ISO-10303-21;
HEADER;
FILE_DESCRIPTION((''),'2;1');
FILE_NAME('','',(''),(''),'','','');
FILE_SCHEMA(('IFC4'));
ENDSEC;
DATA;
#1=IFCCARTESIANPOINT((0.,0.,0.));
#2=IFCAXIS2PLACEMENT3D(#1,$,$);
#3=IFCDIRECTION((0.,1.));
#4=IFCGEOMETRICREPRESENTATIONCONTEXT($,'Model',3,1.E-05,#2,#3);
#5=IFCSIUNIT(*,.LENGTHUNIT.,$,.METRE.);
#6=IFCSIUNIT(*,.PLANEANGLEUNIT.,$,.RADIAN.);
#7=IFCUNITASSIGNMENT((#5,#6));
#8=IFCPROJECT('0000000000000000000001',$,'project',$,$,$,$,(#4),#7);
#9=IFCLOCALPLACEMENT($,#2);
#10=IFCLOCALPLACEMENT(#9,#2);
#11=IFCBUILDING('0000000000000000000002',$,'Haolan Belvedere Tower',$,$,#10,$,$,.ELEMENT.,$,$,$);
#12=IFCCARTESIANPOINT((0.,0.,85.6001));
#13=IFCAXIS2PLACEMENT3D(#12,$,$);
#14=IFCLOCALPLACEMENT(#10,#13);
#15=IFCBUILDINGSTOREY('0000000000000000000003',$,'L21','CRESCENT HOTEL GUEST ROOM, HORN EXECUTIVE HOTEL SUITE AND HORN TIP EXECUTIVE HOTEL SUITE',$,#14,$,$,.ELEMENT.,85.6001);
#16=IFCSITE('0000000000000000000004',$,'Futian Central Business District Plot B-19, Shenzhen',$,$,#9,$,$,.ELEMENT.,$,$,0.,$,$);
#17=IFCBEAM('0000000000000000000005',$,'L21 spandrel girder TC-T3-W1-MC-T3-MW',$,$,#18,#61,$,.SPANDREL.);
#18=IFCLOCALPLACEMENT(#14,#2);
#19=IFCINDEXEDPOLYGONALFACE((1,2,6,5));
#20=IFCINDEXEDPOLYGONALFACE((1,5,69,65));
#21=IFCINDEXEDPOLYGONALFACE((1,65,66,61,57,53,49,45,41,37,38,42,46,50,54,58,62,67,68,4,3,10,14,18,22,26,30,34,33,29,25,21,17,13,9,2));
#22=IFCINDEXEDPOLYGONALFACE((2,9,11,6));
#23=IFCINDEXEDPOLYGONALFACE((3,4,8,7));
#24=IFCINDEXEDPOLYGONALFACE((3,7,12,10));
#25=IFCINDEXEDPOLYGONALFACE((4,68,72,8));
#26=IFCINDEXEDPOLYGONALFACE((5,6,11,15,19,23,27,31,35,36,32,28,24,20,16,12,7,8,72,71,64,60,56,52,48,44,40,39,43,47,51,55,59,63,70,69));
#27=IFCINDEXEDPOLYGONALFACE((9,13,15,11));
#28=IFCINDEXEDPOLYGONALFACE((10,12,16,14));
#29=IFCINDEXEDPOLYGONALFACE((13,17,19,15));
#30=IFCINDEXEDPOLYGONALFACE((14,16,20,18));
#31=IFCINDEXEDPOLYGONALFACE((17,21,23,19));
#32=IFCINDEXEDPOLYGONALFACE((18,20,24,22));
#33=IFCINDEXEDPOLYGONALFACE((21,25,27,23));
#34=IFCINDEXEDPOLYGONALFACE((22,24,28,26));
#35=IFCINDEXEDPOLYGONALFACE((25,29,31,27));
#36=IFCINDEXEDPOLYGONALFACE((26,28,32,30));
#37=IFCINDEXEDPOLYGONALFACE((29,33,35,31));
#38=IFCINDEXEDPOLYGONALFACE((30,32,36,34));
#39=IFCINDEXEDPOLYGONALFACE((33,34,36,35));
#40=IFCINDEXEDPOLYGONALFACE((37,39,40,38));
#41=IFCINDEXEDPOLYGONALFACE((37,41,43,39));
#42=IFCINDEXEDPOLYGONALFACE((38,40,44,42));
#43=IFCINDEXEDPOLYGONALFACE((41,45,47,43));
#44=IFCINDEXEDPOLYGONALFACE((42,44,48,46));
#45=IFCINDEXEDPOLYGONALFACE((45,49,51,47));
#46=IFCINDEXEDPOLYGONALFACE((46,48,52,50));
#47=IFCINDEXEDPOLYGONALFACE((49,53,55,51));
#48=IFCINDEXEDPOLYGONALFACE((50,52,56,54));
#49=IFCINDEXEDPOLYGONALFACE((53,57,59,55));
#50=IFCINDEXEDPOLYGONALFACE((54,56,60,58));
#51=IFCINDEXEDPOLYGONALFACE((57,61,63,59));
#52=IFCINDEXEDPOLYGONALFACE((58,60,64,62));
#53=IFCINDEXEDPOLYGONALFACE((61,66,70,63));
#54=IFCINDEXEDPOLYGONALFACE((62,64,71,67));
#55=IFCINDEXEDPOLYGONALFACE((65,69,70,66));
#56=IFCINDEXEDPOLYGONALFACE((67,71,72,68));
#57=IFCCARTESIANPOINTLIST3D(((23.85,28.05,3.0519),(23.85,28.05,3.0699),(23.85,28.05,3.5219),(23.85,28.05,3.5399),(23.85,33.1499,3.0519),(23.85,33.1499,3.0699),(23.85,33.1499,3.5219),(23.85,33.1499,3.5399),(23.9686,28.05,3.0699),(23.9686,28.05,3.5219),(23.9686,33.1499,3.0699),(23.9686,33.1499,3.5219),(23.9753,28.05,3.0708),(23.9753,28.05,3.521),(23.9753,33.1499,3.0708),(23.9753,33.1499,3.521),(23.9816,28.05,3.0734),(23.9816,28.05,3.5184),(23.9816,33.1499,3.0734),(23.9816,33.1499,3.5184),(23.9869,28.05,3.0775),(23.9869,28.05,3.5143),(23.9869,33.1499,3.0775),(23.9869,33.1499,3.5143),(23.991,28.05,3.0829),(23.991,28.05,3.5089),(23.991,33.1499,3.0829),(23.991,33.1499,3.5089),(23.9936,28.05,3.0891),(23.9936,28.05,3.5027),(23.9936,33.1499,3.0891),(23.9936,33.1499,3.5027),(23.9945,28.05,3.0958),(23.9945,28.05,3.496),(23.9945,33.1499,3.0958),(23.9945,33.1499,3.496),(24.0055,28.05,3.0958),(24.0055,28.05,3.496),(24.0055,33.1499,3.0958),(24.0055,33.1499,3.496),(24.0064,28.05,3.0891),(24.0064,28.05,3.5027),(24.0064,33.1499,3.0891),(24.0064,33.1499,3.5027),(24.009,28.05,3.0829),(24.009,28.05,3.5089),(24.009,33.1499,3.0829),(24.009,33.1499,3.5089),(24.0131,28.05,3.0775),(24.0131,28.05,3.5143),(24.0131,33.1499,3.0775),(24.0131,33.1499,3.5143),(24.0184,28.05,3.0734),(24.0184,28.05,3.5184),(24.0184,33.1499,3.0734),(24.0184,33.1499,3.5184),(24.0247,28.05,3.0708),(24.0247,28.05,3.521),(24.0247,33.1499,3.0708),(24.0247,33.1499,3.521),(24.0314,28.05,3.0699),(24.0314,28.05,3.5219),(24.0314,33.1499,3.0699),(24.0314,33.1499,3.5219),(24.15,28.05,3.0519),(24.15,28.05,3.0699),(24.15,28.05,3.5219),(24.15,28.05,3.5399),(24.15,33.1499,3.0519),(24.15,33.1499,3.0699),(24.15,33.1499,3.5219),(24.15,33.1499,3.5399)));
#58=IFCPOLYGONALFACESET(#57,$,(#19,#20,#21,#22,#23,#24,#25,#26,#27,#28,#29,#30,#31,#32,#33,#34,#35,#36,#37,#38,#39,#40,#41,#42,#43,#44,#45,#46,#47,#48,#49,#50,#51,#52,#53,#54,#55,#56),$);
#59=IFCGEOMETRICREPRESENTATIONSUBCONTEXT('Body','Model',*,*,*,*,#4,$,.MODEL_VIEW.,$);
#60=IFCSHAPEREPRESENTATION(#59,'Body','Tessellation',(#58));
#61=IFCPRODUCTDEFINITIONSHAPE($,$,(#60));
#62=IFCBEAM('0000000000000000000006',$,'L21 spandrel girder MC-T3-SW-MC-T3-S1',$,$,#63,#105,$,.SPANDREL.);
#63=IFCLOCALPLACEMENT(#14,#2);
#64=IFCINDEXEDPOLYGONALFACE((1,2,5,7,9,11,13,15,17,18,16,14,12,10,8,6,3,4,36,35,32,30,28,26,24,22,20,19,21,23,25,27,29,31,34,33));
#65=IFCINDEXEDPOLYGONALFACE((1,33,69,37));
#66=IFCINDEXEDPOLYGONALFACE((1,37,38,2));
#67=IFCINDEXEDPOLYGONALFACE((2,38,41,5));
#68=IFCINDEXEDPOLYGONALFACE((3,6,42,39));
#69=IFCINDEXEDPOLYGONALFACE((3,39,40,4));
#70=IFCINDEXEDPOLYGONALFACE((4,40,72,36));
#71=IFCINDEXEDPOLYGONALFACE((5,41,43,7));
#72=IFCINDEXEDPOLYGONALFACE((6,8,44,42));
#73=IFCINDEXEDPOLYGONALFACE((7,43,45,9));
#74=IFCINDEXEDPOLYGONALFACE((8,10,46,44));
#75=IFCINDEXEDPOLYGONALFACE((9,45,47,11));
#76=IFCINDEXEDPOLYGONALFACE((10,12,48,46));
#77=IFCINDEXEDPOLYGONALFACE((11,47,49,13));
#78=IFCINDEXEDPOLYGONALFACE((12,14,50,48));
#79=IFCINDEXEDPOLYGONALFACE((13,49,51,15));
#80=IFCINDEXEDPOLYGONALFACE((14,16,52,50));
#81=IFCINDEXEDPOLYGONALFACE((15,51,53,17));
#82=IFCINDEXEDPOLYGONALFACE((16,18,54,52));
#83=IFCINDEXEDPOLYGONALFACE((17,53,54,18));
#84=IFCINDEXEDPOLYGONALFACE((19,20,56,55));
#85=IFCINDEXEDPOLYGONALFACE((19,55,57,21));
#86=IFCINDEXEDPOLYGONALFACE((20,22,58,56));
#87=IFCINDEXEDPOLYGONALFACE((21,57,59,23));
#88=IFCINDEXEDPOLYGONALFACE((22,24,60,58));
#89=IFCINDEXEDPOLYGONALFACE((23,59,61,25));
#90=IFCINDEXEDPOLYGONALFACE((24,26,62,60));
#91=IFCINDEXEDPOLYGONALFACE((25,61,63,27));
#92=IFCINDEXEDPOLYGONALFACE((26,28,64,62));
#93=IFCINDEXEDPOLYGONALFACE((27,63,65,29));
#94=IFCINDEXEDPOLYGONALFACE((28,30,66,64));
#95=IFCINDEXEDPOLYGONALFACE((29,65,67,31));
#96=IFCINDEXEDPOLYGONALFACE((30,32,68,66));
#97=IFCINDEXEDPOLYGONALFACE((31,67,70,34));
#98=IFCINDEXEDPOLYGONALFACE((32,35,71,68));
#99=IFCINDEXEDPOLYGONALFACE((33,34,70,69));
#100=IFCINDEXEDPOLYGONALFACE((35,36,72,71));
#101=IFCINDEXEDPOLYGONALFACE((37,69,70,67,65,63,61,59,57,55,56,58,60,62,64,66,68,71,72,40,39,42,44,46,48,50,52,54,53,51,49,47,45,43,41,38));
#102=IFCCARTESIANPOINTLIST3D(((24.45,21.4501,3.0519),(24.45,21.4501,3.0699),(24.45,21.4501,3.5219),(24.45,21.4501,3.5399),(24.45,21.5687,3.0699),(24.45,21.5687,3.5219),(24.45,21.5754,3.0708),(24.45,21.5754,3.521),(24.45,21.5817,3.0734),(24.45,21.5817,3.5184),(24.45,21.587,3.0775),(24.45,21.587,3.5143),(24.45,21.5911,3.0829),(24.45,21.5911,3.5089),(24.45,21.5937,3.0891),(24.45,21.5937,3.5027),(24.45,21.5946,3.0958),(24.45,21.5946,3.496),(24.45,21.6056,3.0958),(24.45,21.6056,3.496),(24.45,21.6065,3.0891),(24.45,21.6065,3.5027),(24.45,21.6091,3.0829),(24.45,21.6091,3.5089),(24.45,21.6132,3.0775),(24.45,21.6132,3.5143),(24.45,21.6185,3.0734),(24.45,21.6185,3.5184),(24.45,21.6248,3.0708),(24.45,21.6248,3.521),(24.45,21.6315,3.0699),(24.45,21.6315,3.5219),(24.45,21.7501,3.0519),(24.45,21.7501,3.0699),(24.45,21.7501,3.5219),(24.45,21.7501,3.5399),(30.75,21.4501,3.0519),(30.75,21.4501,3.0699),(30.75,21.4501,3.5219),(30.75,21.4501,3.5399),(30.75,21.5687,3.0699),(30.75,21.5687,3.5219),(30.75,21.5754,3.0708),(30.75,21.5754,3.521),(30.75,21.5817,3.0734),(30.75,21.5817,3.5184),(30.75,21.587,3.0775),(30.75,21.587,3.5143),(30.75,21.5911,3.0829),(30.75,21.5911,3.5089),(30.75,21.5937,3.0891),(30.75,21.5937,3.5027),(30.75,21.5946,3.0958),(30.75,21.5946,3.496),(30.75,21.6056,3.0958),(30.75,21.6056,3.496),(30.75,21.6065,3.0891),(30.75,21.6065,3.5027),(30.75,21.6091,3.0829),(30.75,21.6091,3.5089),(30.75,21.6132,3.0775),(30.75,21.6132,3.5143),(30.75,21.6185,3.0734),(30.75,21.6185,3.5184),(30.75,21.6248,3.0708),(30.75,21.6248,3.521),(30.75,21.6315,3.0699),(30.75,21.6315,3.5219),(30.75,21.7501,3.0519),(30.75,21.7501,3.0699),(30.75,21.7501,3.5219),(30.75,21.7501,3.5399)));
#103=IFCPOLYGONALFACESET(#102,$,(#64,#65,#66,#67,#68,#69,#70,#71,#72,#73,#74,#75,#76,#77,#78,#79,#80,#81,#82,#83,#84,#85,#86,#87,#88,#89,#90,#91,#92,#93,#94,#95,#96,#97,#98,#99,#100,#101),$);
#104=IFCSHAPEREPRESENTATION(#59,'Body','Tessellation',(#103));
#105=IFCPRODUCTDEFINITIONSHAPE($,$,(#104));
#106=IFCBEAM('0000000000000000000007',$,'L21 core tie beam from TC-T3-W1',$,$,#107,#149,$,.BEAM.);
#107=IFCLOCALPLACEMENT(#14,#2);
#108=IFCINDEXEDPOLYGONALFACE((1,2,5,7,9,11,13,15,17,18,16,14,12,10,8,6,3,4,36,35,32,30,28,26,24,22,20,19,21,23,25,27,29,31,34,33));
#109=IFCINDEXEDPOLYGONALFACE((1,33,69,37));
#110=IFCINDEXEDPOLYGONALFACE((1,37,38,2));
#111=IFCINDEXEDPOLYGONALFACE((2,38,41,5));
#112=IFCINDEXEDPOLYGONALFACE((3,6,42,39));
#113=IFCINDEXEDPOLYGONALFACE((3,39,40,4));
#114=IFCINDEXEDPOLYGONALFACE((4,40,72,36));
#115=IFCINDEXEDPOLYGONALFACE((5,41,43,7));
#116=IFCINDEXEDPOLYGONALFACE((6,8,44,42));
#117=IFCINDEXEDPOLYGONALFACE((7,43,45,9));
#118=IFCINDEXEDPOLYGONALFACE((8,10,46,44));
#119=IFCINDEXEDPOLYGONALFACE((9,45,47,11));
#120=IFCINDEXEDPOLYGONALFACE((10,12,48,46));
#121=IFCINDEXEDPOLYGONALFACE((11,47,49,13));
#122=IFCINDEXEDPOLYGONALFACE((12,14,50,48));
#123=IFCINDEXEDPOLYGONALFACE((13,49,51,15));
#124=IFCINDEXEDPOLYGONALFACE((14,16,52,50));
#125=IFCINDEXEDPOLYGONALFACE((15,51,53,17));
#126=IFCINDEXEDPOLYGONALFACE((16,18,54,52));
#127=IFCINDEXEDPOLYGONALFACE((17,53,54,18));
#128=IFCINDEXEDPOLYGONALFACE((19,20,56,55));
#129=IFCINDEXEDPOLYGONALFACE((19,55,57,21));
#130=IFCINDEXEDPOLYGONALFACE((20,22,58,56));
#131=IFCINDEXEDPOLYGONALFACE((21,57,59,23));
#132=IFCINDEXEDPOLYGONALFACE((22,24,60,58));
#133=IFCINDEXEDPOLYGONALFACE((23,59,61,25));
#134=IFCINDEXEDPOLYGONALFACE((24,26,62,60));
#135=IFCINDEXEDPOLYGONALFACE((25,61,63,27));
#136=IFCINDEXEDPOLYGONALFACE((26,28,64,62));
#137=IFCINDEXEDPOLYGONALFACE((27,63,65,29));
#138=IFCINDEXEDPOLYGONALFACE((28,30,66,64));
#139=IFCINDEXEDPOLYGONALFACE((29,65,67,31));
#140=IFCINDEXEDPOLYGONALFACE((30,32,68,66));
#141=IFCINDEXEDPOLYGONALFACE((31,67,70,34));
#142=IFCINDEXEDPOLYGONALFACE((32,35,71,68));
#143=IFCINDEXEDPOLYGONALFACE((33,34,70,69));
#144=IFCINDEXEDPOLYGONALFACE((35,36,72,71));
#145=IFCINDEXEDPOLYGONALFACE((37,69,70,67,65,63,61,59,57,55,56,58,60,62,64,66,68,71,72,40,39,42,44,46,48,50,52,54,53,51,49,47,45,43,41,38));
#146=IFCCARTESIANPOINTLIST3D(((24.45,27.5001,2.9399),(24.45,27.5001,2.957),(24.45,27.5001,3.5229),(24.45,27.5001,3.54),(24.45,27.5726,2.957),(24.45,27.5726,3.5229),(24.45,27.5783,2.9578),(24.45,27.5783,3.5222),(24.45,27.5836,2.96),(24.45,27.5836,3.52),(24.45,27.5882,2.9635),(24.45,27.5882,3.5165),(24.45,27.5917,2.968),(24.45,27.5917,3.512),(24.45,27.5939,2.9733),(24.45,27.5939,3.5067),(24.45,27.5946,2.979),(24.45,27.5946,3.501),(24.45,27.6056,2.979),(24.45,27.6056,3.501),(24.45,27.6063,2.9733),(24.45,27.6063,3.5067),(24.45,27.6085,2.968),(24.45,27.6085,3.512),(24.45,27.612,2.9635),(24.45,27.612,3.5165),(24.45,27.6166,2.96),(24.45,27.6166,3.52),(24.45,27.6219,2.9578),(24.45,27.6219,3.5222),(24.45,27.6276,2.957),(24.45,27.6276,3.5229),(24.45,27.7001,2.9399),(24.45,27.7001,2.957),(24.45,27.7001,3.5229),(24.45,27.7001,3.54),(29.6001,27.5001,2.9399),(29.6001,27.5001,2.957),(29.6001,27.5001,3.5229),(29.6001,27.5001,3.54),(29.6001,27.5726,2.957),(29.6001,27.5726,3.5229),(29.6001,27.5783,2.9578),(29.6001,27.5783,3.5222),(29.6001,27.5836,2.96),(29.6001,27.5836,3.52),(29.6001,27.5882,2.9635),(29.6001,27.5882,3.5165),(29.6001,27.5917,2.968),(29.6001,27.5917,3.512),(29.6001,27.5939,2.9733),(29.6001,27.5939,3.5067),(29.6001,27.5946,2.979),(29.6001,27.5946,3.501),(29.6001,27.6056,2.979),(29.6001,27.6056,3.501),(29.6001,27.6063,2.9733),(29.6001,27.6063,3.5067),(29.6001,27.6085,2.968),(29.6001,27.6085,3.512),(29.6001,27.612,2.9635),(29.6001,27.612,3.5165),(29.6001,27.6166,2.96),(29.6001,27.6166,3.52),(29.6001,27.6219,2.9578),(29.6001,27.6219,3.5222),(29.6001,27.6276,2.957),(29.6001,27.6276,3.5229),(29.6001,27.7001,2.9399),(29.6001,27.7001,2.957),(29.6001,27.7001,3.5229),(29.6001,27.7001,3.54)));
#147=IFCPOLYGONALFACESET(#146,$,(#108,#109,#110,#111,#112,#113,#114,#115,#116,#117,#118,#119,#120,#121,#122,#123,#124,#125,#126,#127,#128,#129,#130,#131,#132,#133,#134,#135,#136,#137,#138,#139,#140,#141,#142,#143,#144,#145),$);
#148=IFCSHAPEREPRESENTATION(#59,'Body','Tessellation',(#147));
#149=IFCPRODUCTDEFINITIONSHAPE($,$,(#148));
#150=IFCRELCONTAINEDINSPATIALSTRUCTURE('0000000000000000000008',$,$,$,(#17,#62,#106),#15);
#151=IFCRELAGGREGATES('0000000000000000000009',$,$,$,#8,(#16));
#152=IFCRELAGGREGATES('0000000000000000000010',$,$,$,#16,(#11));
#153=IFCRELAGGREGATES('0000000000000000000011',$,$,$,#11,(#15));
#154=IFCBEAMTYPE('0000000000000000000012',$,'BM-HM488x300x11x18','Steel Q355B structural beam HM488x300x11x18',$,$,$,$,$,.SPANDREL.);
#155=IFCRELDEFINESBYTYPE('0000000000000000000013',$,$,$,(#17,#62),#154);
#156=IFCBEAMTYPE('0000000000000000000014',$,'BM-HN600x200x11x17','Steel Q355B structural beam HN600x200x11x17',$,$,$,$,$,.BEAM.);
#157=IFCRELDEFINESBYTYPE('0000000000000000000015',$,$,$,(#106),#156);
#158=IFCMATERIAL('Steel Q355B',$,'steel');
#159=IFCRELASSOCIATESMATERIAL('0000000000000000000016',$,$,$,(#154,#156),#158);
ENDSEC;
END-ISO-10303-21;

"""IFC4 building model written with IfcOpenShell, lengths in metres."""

from ifc_helpers import new_model, si_unit, direction, frame, origin, origin_2d, place, context, subcontext, project, spatial, i_section, extrude, material, material_profile, profile_set, type_object, element, save


model = new_model("IFC4")

# Units and contexts
model_context = context("Model", 3, precision=1e-05, world=origin(), true_north=direction((0.0, 1.0)))
body_context = subcontext(model_context, "Body", "Model", "MODEL_VIEW")
ifc_project = project(units=[si_unit("LENGTHUNIT", "METRE"), si_unit("PLANEANGLEUNIT", "RADIAN")], contexts=[model_context])

# Site, building, storey
site_placement = place(None, origin())
site = spatial("IfcSite", under=ifc_project, at=site_placement, Name="Futian Central Business District Plot B-19, Shenzhen", CompositionType="ELEMENT", RefElevation=0.0)
building_placement = place(site_placement, origin())
building = spatial("IfcBuilding", under=site, at=building_placement, Name="Haolan Belvedere Tower", CompositionType="ELEMENT")
storey_placement = place(building_placement, frame((0.0, 0.0, 85.6001)))
storey = spatial("IfcBuildingStorey", under=building, at=storey_placement, Name="L21", Description="CRESCENT HOTEL GUEST ROOM, HORN EXECUTIVE HOTEL SUITE AND HORN TIP EXECUTIVE HOTEL SUITE", CompositionType="ELEMENT", Elevation=85.6001)

# Beams
ifc_material_1 = material(Name="Steel Q355B", Category="steel")
ifc_material_profile_1 = material_profile(ifc_material_1, i_section(OverallWidth=0.3, OverallDepth=0.488, WebThickness=0.011, FlangeThickness=0.0181, FilletRadius=0.0259, at=origin_2d()), Name="Steel Q355B")
ifc_profile_set_1 = profile_set([ifc_material_profile_1], Name="Steel Q355B")
beam_type_1 = type_object("IfcBeamType", Name="BM-HM488x300x11x18", Description="Steel Q355B structural beam HM488x300x11x18", PredefinedType="SPANDREL", material=ifc_profile_set_1)
beam_1_placement = place(storey_placement, frame((24.0, 28.05, 3.2959), z_axis=(0.0, 1.0, 0.0), x_axis=(-1.0, 0.0, 0.0)))
element("IfcBeam", 1, at=beam_1_placement, inside=storey, type_object=beam_type_1, Name="L21 spandrel girder TC-T3-W1-MC-T3-MW", PredefinedType="SPANDREL", context=body_context, shape_type="SweptSolid", body=[
    extrude(i_section(OverallWidth=0.3, OverallDepth=0.488, WebThickness=0.011, FlangeThickness=0.0181, FilletRadius=0.0259, at=origin_2d()), origin(), (0.0, 0.0, 1.0), 5.0999),
])
beam_2_placement = place(storey_placement, frame((24.45, 21.6001, 3.2959), z_axis=(1.0, 0.0, 0.0), x_axis=(0.0, 1.0, 0.0)))
element("IfcBeam", 2, at=beam_2_placement, inside=storey, type_object=beam_type_1, Name="L21 spandrel girder MC-T3-SW-MC-T3-S1", PredefinedType="SPANDREL", context=body_context, shape_type="SweptSolid", body=[
    extrude(i_section(OverallWidth=0.3, OverallDepth=0.488, WebThickness=0.011, FlangeThickness=0.0181, FilletRadius=0.0259, at=origin_2d()), origin(), (0.0, 0.0, 1.0), 6.3),
])
ifc_material_profile_2 = material_profile(ifc_material_1, i_section(OverallWidth=0.2, OverallDepth=0.6001, WebThickness=0.011, FlangeThickness=0.0171, FilletRadius=0.022, at=origin_2d()), Name="Steel Q355B")
ifc_profile_set_2 = profile_set([ifc_material_profile_2], Name="Steel Q355B")
beam_type_2 = type_object("IfcBeamType", Name="BM-HN600x200x11x17", Description="Steel Q355B structural beam HN600x200x11x17", PredefinedType="BEAM", material=ifc_profile_set_2)
beam_3_placement = place(storey_placement, frame((24.45, 27.6001, 3.24), z_axis=(1.0, 0.0, 0.0), x_axis=(0.0, 1.0, 0.0)))
element("IfcBeam", 3, at=beam_3_placement, inside=storey, type_object=beam_type_2, Name="L21 core tie beam from TC-T3-W1", PredefinedType="BEAM", context=body_context, shape_type="SweptSolid", body=[
    extrude(i_section(OverallWidth=0.2, OverallDepth=0.6001, WebThickness=0.011, FlangeThickness=0.0171, FilletRadius=0.022, at=origin_2d()), origin(), (0.0, 0.0, 1.0), 5.1501),
])

save(model, "model.ifc")
